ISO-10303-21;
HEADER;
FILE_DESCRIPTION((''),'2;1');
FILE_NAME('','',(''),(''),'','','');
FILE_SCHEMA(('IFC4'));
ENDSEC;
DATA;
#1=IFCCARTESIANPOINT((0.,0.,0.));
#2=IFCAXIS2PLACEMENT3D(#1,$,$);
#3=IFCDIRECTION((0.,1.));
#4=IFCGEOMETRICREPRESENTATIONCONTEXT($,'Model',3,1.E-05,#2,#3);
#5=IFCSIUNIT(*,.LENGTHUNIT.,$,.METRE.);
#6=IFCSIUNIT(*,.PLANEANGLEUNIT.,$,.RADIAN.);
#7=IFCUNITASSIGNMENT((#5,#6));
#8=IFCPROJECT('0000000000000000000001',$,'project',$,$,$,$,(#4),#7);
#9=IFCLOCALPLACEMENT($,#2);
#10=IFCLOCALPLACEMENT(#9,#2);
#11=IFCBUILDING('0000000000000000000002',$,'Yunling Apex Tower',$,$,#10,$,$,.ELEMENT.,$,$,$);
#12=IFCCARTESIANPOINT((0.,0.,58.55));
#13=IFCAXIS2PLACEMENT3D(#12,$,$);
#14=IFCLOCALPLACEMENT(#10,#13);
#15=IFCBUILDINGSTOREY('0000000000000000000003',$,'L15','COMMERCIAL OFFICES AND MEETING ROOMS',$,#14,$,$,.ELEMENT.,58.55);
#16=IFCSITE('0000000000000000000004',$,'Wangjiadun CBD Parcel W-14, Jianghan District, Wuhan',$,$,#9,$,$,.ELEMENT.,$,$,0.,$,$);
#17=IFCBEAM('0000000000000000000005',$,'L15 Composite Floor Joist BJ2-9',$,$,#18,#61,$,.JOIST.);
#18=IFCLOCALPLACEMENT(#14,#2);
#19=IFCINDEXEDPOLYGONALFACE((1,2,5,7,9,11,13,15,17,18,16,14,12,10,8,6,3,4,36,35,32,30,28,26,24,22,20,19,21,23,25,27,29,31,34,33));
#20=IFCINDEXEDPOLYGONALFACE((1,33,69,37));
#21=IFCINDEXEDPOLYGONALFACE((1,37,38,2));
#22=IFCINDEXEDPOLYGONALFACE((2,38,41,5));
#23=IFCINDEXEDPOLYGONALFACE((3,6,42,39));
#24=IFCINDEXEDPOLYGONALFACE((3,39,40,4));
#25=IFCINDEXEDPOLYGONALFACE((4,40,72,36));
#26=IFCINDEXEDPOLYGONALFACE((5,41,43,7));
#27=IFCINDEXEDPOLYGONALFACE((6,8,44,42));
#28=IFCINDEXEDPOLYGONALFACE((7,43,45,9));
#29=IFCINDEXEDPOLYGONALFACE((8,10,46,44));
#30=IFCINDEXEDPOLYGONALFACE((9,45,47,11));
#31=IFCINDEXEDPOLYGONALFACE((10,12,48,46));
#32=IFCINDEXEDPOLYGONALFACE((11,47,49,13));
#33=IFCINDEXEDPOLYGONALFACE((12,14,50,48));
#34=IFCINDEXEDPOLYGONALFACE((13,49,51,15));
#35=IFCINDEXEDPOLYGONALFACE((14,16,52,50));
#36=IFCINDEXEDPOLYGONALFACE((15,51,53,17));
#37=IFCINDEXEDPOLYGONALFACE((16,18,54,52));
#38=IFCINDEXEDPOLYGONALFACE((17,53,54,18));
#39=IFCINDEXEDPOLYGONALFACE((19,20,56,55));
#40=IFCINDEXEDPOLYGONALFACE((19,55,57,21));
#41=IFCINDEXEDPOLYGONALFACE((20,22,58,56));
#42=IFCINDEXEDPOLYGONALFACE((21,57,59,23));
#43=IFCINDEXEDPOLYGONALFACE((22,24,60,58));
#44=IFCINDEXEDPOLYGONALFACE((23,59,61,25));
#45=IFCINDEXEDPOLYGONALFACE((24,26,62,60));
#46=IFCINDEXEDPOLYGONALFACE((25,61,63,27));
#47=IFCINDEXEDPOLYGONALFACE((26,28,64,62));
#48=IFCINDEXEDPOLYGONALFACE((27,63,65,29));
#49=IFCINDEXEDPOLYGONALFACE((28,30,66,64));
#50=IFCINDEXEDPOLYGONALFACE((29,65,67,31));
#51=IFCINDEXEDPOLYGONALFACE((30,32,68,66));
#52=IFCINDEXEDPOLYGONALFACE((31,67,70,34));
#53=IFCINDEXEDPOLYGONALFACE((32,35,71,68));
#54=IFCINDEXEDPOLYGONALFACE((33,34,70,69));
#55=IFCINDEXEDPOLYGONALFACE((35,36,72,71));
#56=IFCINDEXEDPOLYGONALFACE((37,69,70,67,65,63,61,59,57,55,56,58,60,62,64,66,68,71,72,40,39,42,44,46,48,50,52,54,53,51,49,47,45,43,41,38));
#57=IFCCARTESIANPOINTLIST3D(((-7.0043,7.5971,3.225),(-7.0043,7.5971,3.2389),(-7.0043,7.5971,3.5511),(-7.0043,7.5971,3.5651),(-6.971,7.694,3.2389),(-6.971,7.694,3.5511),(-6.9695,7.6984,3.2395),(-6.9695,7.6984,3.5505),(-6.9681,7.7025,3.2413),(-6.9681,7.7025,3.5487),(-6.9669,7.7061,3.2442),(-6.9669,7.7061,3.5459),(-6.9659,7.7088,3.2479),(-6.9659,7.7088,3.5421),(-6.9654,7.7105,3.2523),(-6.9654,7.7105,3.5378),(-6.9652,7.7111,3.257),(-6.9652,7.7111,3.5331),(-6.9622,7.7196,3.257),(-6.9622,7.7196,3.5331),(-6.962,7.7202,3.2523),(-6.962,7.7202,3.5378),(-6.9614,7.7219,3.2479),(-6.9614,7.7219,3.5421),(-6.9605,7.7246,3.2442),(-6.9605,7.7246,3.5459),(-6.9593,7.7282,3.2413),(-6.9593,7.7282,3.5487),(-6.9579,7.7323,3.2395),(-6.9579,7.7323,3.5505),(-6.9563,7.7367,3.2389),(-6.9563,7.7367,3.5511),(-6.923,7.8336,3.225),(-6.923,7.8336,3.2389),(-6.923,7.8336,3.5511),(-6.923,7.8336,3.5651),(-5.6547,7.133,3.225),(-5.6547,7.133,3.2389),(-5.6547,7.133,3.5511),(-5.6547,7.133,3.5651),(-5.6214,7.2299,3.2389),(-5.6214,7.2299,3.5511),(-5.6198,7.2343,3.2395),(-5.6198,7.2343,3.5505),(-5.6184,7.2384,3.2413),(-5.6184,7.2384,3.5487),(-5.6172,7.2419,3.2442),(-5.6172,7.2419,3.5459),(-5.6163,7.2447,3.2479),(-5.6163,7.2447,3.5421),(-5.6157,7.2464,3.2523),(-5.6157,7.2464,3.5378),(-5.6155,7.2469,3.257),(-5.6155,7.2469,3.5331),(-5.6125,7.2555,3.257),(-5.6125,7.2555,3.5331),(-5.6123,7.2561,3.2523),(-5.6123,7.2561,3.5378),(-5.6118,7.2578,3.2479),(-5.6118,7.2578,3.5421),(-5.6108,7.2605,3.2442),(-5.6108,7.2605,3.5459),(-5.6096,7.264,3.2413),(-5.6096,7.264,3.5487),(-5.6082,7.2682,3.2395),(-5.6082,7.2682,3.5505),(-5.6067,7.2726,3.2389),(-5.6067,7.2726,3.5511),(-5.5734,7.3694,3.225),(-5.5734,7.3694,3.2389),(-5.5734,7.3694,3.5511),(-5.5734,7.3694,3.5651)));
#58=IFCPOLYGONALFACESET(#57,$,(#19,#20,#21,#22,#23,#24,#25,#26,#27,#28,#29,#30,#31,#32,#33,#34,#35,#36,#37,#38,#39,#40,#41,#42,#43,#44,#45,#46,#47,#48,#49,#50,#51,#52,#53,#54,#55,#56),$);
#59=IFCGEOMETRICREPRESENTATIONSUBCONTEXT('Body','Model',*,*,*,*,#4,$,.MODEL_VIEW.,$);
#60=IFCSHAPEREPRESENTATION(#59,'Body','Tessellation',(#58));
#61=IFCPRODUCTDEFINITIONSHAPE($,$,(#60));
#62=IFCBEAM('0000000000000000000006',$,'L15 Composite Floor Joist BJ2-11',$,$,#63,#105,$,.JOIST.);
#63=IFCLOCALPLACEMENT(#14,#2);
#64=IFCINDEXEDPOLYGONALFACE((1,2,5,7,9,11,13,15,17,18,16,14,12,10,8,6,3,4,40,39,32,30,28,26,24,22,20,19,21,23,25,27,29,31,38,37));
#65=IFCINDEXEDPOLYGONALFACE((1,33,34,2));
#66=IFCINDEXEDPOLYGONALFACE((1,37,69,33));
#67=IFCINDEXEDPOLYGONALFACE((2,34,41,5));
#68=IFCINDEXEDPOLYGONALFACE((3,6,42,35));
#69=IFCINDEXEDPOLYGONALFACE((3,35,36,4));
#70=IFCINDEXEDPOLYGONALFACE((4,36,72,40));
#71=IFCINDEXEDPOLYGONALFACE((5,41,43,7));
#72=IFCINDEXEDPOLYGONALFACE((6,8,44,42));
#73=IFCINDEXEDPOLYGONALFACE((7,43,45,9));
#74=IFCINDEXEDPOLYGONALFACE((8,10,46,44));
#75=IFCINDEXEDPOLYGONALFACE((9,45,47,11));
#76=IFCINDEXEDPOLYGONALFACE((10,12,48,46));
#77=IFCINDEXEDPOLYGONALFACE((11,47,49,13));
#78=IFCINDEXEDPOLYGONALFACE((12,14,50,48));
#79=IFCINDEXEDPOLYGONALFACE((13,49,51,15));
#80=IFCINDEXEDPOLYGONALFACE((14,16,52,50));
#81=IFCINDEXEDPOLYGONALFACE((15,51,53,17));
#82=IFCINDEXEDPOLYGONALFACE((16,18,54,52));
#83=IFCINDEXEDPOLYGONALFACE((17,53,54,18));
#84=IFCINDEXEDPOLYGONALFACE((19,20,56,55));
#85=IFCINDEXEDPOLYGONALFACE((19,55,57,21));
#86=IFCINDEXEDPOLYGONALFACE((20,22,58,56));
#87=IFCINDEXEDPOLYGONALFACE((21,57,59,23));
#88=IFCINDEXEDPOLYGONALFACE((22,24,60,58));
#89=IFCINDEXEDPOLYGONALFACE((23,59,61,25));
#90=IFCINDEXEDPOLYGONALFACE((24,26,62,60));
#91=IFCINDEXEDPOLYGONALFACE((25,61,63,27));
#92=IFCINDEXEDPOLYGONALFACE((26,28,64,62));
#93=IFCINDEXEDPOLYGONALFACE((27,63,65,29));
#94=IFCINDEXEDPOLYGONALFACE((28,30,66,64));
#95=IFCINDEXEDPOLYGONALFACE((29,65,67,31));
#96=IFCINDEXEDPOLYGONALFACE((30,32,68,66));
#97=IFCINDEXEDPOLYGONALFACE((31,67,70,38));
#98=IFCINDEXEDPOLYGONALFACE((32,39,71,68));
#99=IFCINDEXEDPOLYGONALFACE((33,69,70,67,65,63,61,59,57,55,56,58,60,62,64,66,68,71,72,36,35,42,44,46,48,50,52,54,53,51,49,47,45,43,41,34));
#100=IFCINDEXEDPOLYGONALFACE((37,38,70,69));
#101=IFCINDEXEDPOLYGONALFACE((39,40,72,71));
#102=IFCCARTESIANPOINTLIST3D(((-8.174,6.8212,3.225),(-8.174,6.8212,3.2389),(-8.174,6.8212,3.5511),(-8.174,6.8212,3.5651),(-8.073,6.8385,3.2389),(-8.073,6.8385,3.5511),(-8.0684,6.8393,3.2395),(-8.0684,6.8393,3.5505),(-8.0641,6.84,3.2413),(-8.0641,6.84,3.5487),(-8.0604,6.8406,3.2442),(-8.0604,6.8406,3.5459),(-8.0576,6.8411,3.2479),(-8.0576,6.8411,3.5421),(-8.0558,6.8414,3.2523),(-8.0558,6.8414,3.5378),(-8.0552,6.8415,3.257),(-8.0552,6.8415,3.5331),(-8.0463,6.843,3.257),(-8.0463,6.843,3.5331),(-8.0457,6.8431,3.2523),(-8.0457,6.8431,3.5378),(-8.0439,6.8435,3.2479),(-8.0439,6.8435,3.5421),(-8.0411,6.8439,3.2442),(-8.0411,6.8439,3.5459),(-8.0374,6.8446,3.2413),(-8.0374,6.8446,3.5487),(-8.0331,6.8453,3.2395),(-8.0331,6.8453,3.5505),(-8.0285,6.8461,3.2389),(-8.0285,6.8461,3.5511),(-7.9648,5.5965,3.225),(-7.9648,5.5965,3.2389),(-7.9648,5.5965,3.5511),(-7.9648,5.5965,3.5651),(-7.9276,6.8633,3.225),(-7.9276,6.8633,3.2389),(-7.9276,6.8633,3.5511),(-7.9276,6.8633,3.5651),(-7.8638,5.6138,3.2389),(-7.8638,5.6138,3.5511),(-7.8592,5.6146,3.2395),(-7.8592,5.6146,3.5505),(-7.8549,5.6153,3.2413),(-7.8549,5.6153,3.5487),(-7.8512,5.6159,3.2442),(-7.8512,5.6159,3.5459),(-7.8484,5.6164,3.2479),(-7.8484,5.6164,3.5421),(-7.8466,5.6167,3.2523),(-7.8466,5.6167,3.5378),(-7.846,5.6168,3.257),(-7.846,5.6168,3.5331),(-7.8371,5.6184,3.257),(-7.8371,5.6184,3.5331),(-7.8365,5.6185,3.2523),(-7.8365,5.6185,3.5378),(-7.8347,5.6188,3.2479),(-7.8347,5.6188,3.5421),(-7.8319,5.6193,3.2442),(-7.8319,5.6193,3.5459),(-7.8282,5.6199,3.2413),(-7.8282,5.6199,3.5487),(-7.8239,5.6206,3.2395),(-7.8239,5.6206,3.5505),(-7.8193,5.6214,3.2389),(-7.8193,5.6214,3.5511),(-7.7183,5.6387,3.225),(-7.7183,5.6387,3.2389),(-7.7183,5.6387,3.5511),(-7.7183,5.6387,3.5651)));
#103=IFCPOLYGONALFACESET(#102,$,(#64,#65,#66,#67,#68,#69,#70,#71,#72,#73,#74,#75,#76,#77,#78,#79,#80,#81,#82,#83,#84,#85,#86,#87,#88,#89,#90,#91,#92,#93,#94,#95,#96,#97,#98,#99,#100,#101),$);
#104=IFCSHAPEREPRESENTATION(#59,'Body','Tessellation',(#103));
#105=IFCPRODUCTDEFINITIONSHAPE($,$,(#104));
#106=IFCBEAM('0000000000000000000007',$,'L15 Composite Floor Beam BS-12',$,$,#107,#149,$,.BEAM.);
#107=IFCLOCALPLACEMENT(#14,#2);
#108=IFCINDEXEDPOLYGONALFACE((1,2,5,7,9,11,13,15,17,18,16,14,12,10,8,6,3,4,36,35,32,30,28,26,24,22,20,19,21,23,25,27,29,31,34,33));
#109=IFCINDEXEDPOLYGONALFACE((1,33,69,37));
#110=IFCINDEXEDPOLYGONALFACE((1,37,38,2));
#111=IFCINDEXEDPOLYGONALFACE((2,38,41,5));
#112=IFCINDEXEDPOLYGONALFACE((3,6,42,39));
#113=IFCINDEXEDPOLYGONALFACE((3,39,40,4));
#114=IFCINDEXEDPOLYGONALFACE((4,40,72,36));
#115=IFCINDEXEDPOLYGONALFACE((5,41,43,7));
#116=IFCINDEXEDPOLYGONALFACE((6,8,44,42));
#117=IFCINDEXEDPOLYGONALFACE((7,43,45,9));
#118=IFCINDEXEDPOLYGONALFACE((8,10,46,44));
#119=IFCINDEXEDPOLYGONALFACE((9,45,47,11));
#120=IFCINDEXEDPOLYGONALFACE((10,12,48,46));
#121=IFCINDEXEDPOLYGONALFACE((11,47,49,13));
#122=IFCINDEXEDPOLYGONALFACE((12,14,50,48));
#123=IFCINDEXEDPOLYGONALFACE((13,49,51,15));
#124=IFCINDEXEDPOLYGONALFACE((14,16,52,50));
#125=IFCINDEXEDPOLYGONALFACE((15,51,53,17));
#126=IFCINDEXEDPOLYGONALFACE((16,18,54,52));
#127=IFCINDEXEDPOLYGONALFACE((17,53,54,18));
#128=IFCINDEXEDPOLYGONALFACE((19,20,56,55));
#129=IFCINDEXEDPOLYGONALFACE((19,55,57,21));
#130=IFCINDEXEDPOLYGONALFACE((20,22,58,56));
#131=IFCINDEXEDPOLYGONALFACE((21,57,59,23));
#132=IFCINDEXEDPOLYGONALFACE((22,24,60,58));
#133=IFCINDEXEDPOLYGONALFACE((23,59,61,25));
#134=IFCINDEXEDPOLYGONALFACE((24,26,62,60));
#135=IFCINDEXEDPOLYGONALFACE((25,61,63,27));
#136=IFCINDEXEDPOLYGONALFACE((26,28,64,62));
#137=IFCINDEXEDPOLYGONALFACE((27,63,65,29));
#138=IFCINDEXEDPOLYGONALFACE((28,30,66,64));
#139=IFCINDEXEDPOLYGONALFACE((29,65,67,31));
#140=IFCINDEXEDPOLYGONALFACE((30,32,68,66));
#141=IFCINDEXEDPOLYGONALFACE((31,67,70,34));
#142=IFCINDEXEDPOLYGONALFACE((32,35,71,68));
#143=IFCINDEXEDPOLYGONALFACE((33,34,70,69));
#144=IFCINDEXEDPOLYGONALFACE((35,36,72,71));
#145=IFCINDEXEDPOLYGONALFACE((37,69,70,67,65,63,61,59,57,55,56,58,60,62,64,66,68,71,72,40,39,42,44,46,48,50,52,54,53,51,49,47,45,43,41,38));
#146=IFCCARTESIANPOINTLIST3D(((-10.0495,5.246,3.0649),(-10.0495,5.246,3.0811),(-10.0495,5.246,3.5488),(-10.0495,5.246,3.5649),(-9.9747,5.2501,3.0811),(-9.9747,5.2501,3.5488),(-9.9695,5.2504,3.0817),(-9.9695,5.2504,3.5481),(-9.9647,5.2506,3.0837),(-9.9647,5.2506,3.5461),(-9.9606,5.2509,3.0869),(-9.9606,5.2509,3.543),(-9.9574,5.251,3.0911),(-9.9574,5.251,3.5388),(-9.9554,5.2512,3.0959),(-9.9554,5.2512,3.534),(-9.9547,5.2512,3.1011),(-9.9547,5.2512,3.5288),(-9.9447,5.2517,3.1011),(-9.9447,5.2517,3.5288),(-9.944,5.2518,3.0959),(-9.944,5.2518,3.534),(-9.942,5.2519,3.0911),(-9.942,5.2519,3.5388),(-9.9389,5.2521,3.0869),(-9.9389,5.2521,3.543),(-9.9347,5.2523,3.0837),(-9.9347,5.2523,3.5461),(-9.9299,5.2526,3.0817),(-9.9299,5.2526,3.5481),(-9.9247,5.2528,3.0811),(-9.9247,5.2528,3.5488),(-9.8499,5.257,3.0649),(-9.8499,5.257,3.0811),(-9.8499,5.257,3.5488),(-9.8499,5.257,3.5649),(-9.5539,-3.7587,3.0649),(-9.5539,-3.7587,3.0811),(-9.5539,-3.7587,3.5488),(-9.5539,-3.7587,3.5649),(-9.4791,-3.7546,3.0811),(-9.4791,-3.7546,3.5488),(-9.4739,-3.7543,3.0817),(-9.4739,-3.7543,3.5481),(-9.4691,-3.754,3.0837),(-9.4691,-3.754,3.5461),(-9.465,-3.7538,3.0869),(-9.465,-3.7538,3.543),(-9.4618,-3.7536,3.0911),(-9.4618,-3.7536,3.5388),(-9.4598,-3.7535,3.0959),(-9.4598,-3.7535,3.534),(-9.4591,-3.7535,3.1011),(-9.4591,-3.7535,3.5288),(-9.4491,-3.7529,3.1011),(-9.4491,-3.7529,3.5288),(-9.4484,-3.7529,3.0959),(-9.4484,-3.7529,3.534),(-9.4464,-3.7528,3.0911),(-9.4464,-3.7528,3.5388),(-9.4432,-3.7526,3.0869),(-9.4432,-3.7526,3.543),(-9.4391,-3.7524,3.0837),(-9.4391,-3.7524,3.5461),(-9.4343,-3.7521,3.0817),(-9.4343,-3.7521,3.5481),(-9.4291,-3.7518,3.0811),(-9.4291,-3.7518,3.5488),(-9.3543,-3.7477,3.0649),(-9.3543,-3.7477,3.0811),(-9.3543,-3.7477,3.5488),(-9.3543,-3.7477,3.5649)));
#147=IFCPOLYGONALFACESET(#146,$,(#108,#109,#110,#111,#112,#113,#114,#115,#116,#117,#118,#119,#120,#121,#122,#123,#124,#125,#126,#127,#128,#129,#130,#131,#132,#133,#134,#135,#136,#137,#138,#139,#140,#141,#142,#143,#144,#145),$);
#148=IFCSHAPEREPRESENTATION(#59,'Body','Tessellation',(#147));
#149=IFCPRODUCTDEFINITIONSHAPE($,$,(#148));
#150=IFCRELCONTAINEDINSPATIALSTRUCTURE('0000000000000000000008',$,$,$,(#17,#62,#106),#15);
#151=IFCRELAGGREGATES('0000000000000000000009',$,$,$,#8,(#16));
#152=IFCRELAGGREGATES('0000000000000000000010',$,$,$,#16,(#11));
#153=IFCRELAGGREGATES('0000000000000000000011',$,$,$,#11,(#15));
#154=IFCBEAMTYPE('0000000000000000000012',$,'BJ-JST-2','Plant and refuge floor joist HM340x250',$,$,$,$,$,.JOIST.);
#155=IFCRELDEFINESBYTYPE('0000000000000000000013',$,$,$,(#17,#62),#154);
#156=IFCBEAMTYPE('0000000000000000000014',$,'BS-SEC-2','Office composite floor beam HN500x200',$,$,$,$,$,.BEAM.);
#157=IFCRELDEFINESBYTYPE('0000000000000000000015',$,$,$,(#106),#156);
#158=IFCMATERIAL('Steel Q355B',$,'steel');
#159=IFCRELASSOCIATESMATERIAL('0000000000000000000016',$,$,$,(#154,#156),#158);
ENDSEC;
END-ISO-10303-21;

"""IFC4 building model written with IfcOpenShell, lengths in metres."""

from ifc_helpers import new_model, si_unit, direction, frame, origin, origin_2d, place, context, subcontext, project, spatial, i_section, extrude, source, transform, mapped, material, material_profile, profile_set, type_object, element, save


model = new_model("IFC4")

# Units and contexts
model_context = context("Model", 3, precision=1e-05, world=origin(), true_north=direction((0.0, 1.0)))
body_context = subcontext(model_context, "Body", "Model", "MODEL_VIEW")
ifc_project = project(units=[si_unit("LENGTHUNIT", "METRE"), si_unit("PLANEANGLEUNIT", "RADIAN")], contexts=[model_context])

# Site, building, storey
site_placement = place(None, origin())
site = spatial("IfcSite", under=ifc_project, at=site_placement, Name="Wangjiadun CBD Parcel W-14, Jianghan District, Wuhan", CompositionType="ELEMENT", RefElevation=0.0)
building_placement = place(site_placement, origin())
building = spatial("IfcBuilding", under=site, at=building_placement, Name="Yunling Apex Tower", CompositionType="ELEMENT")
storey_placement = place(building_placement, frame((0.0, 0.0, 58.55)))
storey = spatial("IfcBuildingStorey", under=building, at=storey_placement, Name="L15", Description="COMMERCIAL OFFICES AND MEETING ROOMS", CompositionType="ELEMENT", Elevation=58.55)

# Beams
ifc_material_1 = material(Name="Steel Q355B", Category="steel")
ifc_material_profile_1 = material_profile(ifc_material_1, i_section(OverallWidth=0.25, OverallDepth=0.3401, WebThickness=0.009, FlangeThickness=0.0139, FilletRadius=0.0181, at=origin_2d()))
ifc_profile_set_1 = profile_set([ifc_material_profile_1], Name="Steel Q355B")
beam_type_1 = type_object("IfcBeamType", Name="BJ-JST-2", Description="Plant and refuge floor joist HM340x250", PredefinedType="JOIST", material=ifc_profile_set_1)
shared_shape_1 = source(origin(), body_context, "Body", "SweptSolid", [
    extrude(i_section(OverallWidth=0.25, OverallDepth=0.3401, WebThickness=0.009, FlangeThickness=0.0139, FilletRadius=0.0181, at=origin_2d()), origin(), (0.0, 0.0, 1.0), 1.4272),
])
beam_1_placement = place(storey_placement, frame((-5.614, 7.2512, 3.395), z_axis=(-0.945647, 0.325195, 0.0), x_axis=(-0.325195, -0.945647, 0.0)))
element("IfcBeam", 1, at=beam_1_placement, inside=storey, type_object=beam_type_1, Name="L15 Composite Floor Joist BJ2-9", PredefinedType="JOIST", context=body_context, shape_type="MappedRepresentation", body=[
    mapped(shared_shape_1, transform((0.0, 0.0, 0.0), scale=1.0)),
])
shared_shape_2 = source(origin(), body_context, "Body", "SweptSolid", [
    extrude(i_section(OverallWidth=0.25, OverallDepth=0.3401, WebThickness=0.009, FlangeThickness=0.0139, FilletRadius=0.0181, at=origin_2d()), origin(), (0.0, 0.0, 1.0), 1.2424),
])
beam_2_placement = place(storey_placement, frame((-8.0508, 6.8423, 3.395), z_axis=(0.168413, -0.985717, 0.0), x_axis=(0.985717, 0.168413, 0.0)))
element("IfcBeam", 2, at=beam_2_placement, inside=storey, type_object=beam_type_1, Name="L15 Composite Floor Joist BJ2-11", PredefinedType="JOIST", context=body_context, shape_type="MappedRepresentation", body=[
    mapped(shared_shape_2, transform((0.0, 0.0, 0.0), scale=1.0)),
])
ifc_material_profile_2 = material_profile(ifc_material_1, i_section(OverallWidth=0.2, OverallDepth=0.5, WebThickness=0.01, FlangeThickness=0.0161, FilletRadius=0.02, at=origin_2d()))
ifc_profile_set_2 = profile_set([ifc_material_profile_2], Name="Steel Q355B")
beam_type_2 = type_object("IfcBeamType", Name="BS-SEC-2", Description="Office composite floor beam HN500x200", PredefinedType="BEAM", material=ifc_profile_set_2)
shared_shape_3 = source(origin(), body_context, "Body", "SweptSolid", [
    extrude(i_section(OverallWidth=0.2, OverallDepth=0.5, WebThickness=0.01, FlangeThickness=0.0161, FilletRadius=0.02, at=origin_2d()), origin(), (0.0, 0.0, 1.0), 9.0183),
])
beam_3_placement = place(storey_placement, frame((-9.9497, 5.2515, 3.3149), z_axis=(0.054956, -0.998489, 0.0), x_axis=(0.998489, 0.054956, 0.0)))
element("IfcBeam", 3, at=beam_3_placement, inside=storey, type_object=beam_type_2, Name="L15 Composite Floor Beam BS-12", PredefinedType="BEAM", context=body_context, shape_type="MappedRepresentation", body=[
    mapped(shared_shape_3, transform((0.0, 0.0, 0.0), scale=1.0)),
])

save(model, "model.ifc")
